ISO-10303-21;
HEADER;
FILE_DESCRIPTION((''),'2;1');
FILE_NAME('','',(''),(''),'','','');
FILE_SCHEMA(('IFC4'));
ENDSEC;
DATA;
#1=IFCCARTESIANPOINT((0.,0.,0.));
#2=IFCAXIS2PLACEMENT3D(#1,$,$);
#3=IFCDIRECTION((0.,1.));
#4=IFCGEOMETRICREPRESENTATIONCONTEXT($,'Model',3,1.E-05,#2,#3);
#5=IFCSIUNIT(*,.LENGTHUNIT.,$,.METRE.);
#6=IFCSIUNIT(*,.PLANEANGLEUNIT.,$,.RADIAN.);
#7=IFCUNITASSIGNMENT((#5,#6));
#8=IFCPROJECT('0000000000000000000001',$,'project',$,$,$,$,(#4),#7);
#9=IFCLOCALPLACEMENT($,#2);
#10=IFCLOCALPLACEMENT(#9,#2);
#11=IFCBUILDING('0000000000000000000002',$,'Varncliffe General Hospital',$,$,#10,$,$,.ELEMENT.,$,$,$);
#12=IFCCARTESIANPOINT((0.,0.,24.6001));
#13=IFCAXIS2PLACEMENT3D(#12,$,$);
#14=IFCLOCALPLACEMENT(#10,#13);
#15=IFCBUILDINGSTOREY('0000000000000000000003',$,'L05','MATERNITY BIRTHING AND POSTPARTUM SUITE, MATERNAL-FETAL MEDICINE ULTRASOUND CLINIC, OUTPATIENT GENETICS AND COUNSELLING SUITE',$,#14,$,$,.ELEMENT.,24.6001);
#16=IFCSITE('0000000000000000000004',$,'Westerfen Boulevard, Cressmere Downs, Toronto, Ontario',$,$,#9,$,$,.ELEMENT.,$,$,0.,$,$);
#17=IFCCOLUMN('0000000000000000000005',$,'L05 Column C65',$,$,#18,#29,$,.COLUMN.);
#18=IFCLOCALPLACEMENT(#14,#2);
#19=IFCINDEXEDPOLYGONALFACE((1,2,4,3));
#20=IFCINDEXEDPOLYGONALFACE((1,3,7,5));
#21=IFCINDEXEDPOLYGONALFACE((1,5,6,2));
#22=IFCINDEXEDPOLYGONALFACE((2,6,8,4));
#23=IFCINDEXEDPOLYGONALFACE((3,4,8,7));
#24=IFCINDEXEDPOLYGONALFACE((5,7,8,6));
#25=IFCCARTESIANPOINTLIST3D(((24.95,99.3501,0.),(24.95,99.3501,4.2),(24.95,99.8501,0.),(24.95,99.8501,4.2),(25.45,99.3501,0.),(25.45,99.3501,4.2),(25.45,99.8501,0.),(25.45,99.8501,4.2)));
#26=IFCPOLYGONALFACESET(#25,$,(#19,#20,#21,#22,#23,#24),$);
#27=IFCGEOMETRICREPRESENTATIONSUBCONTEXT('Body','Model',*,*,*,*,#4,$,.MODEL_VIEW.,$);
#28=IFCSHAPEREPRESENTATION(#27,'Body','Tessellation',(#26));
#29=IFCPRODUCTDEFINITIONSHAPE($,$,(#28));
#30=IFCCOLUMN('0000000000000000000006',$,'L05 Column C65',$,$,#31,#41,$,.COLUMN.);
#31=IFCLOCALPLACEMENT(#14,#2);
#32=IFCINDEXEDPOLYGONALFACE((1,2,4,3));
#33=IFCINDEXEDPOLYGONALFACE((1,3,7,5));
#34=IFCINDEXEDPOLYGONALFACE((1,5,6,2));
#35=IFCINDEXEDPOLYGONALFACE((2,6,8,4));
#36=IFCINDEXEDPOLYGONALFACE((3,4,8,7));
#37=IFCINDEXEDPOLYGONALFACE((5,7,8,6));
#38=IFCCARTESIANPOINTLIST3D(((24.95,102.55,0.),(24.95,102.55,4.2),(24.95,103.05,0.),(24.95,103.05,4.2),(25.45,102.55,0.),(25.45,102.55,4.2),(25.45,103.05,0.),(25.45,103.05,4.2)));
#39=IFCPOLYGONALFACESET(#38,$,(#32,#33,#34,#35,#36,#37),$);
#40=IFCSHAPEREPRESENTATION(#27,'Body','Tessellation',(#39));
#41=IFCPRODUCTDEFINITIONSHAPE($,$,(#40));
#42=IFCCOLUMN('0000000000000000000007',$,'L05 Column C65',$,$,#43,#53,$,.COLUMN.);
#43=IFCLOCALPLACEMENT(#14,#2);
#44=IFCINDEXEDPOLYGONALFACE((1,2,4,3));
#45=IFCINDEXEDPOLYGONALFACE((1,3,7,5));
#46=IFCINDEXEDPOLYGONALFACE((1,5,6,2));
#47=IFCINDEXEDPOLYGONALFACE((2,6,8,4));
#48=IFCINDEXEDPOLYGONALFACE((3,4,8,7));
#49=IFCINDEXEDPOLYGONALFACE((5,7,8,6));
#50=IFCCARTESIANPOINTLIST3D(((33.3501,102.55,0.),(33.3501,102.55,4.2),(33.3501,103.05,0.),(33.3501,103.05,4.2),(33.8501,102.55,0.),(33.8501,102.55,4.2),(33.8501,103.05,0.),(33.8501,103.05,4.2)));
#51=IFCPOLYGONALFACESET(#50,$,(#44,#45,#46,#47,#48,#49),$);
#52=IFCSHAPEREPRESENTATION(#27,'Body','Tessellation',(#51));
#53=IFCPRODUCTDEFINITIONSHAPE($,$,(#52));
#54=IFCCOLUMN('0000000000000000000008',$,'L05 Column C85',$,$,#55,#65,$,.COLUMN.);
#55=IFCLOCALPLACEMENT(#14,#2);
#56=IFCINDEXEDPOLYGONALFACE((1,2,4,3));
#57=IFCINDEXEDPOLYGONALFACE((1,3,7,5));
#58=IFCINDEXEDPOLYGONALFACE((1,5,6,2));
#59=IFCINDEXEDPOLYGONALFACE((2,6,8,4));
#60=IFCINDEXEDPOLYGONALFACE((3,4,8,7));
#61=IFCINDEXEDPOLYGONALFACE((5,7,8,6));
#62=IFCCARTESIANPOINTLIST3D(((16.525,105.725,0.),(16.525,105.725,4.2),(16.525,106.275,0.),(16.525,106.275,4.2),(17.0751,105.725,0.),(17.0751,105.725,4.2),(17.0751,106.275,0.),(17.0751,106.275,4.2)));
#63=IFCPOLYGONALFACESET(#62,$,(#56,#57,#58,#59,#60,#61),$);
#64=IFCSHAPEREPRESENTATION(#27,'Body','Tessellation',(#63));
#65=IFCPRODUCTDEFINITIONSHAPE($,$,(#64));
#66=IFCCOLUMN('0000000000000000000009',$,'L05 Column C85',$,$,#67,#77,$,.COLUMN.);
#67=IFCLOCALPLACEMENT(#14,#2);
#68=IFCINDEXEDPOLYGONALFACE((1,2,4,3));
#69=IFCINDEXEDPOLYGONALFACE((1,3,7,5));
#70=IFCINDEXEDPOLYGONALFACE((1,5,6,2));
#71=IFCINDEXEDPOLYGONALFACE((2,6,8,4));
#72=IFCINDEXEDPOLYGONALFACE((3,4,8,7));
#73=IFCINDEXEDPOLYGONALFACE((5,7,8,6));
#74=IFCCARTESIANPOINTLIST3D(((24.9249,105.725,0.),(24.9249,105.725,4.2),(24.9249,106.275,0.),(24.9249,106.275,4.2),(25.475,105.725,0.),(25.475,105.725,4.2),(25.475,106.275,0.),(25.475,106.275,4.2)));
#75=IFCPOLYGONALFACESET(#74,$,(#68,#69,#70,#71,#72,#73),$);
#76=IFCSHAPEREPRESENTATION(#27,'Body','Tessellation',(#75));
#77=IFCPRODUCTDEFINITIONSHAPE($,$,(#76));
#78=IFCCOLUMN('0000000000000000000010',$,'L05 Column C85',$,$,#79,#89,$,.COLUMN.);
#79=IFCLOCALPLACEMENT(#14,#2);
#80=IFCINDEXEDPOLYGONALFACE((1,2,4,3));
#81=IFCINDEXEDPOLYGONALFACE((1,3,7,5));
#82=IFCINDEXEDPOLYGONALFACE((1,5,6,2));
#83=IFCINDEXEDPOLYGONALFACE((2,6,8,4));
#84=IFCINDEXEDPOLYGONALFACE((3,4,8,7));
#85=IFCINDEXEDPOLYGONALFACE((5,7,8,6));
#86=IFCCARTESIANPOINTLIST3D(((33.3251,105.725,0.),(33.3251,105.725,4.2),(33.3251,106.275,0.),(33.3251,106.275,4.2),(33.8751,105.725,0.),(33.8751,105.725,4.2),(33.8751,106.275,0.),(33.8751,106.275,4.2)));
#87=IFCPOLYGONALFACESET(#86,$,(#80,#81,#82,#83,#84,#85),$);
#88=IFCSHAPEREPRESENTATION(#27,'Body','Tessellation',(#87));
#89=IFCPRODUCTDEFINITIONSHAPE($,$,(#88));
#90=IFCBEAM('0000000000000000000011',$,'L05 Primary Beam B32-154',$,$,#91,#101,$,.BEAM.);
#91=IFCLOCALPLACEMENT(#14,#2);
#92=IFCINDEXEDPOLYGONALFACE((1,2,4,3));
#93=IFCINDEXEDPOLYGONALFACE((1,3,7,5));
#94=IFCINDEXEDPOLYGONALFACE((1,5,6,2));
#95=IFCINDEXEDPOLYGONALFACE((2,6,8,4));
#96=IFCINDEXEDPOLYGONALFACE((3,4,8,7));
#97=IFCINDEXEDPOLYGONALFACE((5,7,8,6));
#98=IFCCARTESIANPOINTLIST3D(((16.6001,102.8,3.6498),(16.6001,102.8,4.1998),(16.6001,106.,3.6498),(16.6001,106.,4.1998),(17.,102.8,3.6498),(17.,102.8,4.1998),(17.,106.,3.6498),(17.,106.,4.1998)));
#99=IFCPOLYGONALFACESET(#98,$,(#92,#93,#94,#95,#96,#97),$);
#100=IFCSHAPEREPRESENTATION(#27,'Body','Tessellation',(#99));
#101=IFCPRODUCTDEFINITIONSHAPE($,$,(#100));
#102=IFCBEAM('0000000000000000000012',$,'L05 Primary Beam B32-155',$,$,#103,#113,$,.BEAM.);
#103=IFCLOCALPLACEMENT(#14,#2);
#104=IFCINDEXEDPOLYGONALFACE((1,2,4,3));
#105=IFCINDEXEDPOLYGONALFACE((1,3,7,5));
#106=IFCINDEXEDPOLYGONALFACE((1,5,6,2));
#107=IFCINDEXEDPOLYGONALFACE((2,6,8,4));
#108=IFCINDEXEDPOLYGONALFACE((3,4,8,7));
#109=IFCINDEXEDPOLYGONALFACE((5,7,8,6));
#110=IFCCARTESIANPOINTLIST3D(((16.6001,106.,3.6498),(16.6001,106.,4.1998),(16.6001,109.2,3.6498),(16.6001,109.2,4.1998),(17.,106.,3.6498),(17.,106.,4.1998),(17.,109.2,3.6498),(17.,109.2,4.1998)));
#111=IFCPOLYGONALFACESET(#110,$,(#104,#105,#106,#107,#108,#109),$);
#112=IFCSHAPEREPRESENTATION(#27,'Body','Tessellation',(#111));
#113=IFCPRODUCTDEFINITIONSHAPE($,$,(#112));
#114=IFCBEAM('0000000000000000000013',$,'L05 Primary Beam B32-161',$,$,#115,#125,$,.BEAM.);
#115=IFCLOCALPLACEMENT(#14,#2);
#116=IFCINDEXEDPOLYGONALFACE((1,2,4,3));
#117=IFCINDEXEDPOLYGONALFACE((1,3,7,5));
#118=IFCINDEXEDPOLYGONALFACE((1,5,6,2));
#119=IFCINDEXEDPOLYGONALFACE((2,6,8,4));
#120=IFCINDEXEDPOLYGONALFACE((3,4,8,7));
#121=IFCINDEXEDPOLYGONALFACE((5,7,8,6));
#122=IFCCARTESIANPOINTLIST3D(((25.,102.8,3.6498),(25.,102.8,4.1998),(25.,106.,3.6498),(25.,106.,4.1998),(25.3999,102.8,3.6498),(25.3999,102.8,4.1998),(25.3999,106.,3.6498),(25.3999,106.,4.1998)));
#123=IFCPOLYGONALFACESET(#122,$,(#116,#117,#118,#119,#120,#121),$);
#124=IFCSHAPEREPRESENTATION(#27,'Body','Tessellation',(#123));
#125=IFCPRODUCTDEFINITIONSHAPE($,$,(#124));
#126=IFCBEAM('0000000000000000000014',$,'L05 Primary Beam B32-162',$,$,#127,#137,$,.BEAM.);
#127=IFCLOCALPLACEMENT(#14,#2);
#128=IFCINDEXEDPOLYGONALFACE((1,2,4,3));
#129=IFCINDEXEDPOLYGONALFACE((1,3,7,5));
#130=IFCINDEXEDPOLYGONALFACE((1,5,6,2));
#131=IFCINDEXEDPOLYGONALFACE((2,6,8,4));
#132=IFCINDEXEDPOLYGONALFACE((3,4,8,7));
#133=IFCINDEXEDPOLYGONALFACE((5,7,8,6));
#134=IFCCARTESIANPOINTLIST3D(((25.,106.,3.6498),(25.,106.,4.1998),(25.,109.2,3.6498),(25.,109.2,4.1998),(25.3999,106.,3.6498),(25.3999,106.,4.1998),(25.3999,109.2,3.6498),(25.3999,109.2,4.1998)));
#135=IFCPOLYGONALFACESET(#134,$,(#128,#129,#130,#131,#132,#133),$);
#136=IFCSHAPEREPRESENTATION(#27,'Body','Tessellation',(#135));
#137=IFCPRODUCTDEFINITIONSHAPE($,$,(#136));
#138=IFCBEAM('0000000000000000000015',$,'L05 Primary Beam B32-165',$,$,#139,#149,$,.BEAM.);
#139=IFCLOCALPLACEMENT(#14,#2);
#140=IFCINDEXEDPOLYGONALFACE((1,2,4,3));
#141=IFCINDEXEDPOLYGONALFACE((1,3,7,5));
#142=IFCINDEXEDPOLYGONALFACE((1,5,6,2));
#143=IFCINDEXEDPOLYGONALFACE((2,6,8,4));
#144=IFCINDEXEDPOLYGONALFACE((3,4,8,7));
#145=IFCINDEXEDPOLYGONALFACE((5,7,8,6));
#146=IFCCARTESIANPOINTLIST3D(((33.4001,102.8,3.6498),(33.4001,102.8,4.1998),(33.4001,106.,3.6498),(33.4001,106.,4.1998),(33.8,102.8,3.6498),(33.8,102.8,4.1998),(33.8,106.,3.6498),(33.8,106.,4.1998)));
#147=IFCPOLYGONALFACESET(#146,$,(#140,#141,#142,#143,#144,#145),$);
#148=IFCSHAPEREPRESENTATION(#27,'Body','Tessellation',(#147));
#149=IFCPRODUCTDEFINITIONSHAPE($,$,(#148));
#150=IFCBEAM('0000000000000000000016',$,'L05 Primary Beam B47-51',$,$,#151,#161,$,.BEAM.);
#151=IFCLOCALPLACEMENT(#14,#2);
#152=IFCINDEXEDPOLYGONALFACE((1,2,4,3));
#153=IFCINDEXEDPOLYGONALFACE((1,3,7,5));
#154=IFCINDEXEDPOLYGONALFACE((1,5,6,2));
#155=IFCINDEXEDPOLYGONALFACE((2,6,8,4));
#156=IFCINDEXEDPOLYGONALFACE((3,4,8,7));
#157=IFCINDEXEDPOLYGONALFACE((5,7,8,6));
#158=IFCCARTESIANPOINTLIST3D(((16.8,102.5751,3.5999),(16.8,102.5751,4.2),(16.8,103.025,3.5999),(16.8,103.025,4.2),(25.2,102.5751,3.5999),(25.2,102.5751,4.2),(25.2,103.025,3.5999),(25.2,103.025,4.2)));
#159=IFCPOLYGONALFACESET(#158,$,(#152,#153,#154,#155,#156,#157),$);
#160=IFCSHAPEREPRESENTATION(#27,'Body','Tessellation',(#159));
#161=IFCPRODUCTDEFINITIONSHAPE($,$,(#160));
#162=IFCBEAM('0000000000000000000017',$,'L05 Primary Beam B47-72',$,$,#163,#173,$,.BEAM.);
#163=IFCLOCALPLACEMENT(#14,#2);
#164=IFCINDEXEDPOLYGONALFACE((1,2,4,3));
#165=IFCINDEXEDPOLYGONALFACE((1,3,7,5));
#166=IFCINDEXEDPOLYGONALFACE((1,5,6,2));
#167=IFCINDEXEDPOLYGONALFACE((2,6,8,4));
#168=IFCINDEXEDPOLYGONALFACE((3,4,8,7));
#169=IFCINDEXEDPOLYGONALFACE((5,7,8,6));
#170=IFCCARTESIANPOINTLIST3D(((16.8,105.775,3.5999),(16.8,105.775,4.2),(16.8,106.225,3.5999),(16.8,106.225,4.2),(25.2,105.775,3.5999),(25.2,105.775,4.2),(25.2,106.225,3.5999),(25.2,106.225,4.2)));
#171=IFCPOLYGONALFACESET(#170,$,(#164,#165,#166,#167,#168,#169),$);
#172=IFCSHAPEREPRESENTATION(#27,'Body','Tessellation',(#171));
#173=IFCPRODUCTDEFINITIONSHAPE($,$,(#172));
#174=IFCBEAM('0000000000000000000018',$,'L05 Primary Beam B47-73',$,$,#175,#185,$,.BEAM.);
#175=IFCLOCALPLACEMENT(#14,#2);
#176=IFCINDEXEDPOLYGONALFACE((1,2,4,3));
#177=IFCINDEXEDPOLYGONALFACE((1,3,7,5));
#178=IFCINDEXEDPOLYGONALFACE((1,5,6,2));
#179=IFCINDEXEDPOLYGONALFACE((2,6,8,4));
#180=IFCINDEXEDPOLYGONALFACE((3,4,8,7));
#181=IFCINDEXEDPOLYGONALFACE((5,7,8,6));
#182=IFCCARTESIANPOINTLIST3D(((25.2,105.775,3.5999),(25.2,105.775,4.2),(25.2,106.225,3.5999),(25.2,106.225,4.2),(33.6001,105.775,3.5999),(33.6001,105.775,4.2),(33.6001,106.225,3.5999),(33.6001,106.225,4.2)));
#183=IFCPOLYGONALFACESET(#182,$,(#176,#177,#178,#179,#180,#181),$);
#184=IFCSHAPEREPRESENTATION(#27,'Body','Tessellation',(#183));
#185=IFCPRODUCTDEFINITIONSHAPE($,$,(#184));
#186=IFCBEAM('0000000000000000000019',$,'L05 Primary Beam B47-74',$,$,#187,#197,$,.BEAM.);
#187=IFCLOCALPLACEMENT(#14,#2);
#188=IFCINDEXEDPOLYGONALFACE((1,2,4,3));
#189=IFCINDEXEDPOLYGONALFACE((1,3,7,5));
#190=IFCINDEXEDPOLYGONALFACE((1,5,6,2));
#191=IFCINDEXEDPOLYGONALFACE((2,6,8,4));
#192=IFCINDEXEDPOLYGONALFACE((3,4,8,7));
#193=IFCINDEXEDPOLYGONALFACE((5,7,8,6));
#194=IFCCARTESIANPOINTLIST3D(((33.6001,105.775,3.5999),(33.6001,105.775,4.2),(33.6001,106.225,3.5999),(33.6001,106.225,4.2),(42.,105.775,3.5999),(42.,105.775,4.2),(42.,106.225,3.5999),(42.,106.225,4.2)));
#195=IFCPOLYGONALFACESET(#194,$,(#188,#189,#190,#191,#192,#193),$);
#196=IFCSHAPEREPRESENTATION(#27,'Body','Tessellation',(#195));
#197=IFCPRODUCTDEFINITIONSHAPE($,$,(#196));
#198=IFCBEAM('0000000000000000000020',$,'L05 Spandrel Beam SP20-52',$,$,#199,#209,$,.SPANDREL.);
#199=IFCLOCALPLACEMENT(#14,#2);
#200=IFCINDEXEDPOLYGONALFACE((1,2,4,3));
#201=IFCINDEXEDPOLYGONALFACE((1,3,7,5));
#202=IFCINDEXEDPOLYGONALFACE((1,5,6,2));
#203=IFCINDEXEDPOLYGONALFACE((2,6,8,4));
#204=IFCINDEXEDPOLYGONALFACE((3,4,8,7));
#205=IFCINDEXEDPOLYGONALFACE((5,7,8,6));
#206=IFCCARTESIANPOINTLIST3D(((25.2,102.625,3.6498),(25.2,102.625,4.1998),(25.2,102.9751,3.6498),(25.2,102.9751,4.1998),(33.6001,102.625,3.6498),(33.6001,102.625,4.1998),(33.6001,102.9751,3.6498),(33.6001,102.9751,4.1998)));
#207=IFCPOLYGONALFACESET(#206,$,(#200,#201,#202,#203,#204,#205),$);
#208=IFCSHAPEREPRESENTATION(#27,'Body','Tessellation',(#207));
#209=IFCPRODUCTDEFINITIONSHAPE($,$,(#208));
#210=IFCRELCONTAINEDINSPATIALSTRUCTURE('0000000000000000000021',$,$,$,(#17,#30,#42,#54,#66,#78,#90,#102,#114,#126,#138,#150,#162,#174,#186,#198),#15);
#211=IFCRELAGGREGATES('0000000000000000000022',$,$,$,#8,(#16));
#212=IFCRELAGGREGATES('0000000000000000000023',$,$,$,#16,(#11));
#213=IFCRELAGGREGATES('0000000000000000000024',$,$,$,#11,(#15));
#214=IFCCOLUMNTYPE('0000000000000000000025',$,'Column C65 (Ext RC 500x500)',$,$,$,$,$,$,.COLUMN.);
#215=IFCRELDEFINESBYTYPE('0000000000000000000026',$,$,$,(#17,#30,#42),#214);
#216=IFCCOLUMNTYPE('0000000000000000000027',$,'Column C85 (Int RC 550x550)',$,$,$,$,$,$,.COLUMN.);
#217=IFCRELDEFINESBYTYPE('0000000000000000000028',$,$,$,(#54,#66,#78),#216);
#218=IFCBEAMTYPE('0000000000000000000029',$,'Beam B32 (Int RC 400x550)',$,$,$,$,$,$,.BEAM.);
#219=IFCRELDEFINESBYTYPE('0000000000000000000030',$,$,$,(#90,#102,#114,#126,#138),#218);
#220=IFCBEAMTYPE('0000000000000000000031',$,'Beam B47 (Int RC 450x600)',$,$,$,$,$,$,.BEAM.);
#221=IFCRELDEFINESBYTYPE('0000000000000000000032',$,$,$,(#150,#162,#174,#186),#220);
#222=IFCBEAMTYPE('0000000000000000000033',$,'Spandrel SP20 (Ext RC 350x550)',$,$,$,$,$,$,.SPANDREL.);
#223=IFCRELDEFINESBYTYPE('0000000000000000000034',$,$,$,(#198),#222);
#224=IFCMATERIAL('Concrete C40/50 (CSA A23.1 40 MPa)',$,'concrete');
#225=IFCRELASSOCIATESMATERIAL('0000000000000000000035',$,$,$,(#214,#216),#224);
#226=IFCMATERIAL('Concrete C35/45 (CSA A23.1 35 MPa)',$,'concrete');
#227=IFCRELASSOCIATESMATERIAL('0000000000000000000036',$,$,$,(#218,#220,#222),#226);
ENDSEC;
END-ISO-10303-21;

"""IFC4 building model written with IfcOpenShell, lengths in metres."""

from ifc_helpers import new_model, si_unit, direction, frame, origin, origin_2d, place, context, subcontext, project, spatial, rectangle, extrude, material, material_profile, profile_set, type_object, element, save


model = new_model("IFC4")

# Units and contexts
model_context = context("Model", 3, precision=1e-05, world=origin(), true_north=direction((0.0, 1.0)))
body_context = subcontext(model_context, "Body", "Model", "MODEL_VIEW")
ifc_project = project(units=[si_unit("LENGTHUNIT", "METRE"), si_unit("PLANEANGLEUNIT", "RADIAN")], contexts=[model_context])

# Site, building, storey
site_placement = place(None, origin())
site = spatial("IfcSite", under=ifc_project, at=site_placement, Name="Westerfen Boulevard, Cressmere Downs, Toronto, Ontario", CompositionType="ELEMENT", RefElevation=0.0)
building_placement = place(site_placement, origin())
building = spatial("IfcBuilding", under=site, at=building_placement, Name="Varncliffe General Hospital", CompositionType="ELEMENT")
storey_placement = place(building_placement, frame((0.0, 0.0, 24.6001)))
storey = spatial("IfcBuildingStorey", under=building, at=storey_placement, Name="L05", Description="MATERNITY BIRTHING AND POSTPARTUM SUITE, MATERNAL-FETAL MEDICINE ULTRASOUND CLINIC, OUTPATIENT GENETICS AND COUNSELLING SUITE", CompositionType="ELEMENT", Elevation=24.6001)

# Columns
ifc_material_1 = material(Name="Concrete C40/50 (CSA A23.1 40 MPa)", Category="concrete")
ifc_material_profile_1 = material_profile(ifc_material_1, rectangle(XDim=0.5, YDim=0.5, at=origin_2d()), Name="RC 500x500")
ifc_profile_set_1 = profile_set([ifc_material_profile_1], Name="Concrete C40/50 (CSA A23.1 40 MPa)")
column_type_1 = type_object("IfcColumnType", Name="Column C65 (Ext RC 500x500)", PredefinedType="COLUMN", material=ifc_profile_set_1)
for number, where, z_axis, x_axis, name in (
    (1, (25.2, 99.6001, 0.0), (0.0, 0.0, 1.0), (1.0, 0.0, 0.0), "L05 Column C65"),
    (2, (25.2, 102.8, 0.0), (0.0, 0.0, 1.0), (1.0, 0.0, 0.0), "L05 Column C65"),
    (3, (33.6001, 102.8, 0.0), (0.0, 0.0, 1.0), (1.0, 0.0, 0.0), "L05 Column C65"),
):
    element("IfcColumn", number, at=place(storey_placement, frame(where, z_axis=z_axis, x_axis=x_axis)), inside=storey, type_object=column_type_1, Name=name, PredefinedType="COLUMN", context=body_context, shape_type="SweptSolid", body=[
        extrude(rectangle(XDim=0.5, YDim=0.5, at=origin_2d()), origin(), (0.0, 0.0, 1.0), 4.2),
    ])
ifc_material_profile_2 = material_profile(ifc_material_1, rectangle(XDim=0.55, YDim=0.55, at=origin_2d()), Name="RC 550x550")
ifc_profile_set_2 = profile_set([ifc_material_profile_2], Name="Concrete C40/50 (CSA A23.1 40 MPa)")
column_type_2 = type_object("IfcColumnType", Name="Column C85 (Int RC 550x550)", PredefinedType="COLUMN", material=ifc_profile_set_2)
for number, where, z_axis, x_axis, name in (
    (4, (16.8, 106.0, 0.0), (0.0, 0.0, 1.0), (1.0, 0.0, 0.0), "L05 Column C85"),
    (5, (25.2, 106.0, 0.0), (0.0, 0.0, 1.0), (1.0, 0.0, 0.0), "L05 Column C85"),
    (6, (33.6001, 106.0, 0.0), (0.0, 0.0, 1.0), (1.0, 0.0, 0.0), "L05 Column C85"),
):
    element("IfcColumn", number, at=place(storey_placement, frame(where, z_axis=z_axis, x_axis=x_axis)), inside=storey, type_object=column_type_2, Name=name, PredefinedType="COLUMN", context=body_context, shape_type="SweptSolid", body=[
        extrude(rectangle(XDim=0.55, YDim=0.55, at=origin_2d()), origin(), (0.0, 0.0, 1.0), 4.2),
    ])

# Beams
ifc_material_2 = material(Name="Concrete C35/45 (CSA A23.1 35 MPa)", Category="concrete")
ifc_material_profile_3 = material_profile(ifc_material_2, rectangle(XDim=0.3999, YDim=0.55, at=origin_2d()), Name="RC 400x550")
ifc_profile_set_3 = profile_set([ifc_material_profile_3], Name="Concrete C35/45 (CSA A23.1 35 MPa)")
beam_type_1 = type_object("IfcBeamType", Name="Beam B32 (Int RC 400x550)", PredefinedType="BEAM", material=ifc_profile_set_3)
for number, where, z_axis, x_axis, name in (
    (7, (16.8, 102.8, 3.9248), (0.0, 1.0, 0.0), (-1.0, 0.0, 0.0), "L05 Primary Beam B32-154"),
    (8, (16.8, 106.0, 3.9248), (0.0, 1.0, 0.0), (-1.0, 0.0, 0.0), "L05 Primary Beam B32-155"),
    (9, (25.2, 102.8, 3.9248), (0.0, 1.0, 0.0), (-1.0, 0.0, 0.0), "L05 Primary Beam B32-161"),
    (10, (25.2, 106.0, 3.9248), (0.0, 1.0, 0.0), (-1.0, 0.0, 0.0), "L05 Primary Beam B32-162"),
    (11, (33.6001, 102.8, 3.9248), (0.0, 1.0, 0.0), (-1.0, 0.0, 0.0), "L05 Primary Beam B32-165"),
):
    element("IfcBeam", number, at=place(storey_placement, frame(where, z_axis=z_axis, x_axis=x_axis)), inside=storey, type_object=beam_type_1, Name=name, PredefinedType="BEAM", context=body_context, shape_type="SweptSolid", body=[
        extrude(rectangle(XDim=0.3999, YDim=0.55, at=origin_2d()), origin(), (0.0, 0.0, 1.0), 3.2),
    ])
ifc_material_profile_4 = material_profile(ifc_material_2, rectangle(XDim=0.45, YDim=0.6001, at=origin_2d()), Name="RC 450x600")
ifc_profile_set_4 = profile_set([ifc_material_profile_4], Name="Concrete C35/45 (CSA A23.1 35 MPa)")
beam_type_2 = type_object("IfcBeamType", Name="Beam B47 (Int RC 450x600)", PredefinedType="BEAM", material=ifc_profile_set_4)
for number, where, z_axis, x_axis, name in (
    (12, (16.8, 102.8, 3.8999), (1.0, 0.0, 0.0), (0.0, 1.0, 0.0), "L05 Primary Beam B47-51"),
    (13, (16.8, 106.0, 3.8999), (1.0, 0.0, 0.0), (0.0, 1.0, 0.0), "L05 Primary Beam B47-72"),
):
    element("IfcBeam", number, at=place(storey_placement, frame(where, z_axis=z_axis, x_axis=x_axis)), inside=storey, type_object=beam_type_2, Name=name, PredefinedType="BEAM", context=body_context, shape_type="SweptSolid", body=[
        extrude(rectangle(XDim=0.45, YDim=0.6001, at=origin_2d()), origin(), (0.0, 0.0, 1.0), 8.3999),
    ])
beam_1_placement = place(storey_placement, frame((25.2, 106.0, 3.8999), z_axis=(1.0, 0.0, 0.0), x_axis=(0.0, 1.0, 0.0)))
element("IfcBeam", 14, at=beam_1_placement, inside=storey, type_object=beam_type_2, Name="L05 Primary Beam B47-73", PredefinedType="BEAM", context=body_context, shape_type="SweptSolid", body=[
    extrude(rectangle(XDim=0.45, YDim=0.6001, at=origin_2d()), origin(), (0.0, 0.0, 1.0), 8.4001),
])
beam_2_placement = place(storey_placement, frame((33.6001, 106.0, 3.8999), z_axis=(1.0, 0.0, 0.0), x_axis=(0.0, 1.0, 0.0)))
element("IfcBeam", 15, at=beam_2_placement, inside=storey, type_object=beam_type_2, Name="L05 Primary Beam B47-74", PredefinedType="BEAM", context=body_context, shape_type="SweptSolid", body=[
    extrude(rectangle(XDim=0.45, YDim=0.6001, at=origin_2d()), origin(), (0.0, 0.0, 1.0), 8.3999),
])
ifc_material_profile_5 = material_profile(ifc_material_2, rectangle(XDim=0.3501, YDim=0.55, at=origin_2d()), Name="RC 350x550")
ifc_profile_set_5 = profile_set([ifc_material_profile_5], Name="Concrete C35/45 (CSA A23.1 35 MPa)")
beam_type_3 = type_object("IfcBeamType", Name="Spandrel SP20 (Ext RC 350x550)", PredefinedType="SPANDREL", material=ifc_profile_set_5)
beam_3_placement = place(storey_placement, frame((25.2, 102.8, 3.9248), z_axis=(1.0, 0.0, 0.0), x_axis=(0.0, 1.0, 0.0)))
element("IfcBeam", 16, at=beam_3_placement, inside=storey, type_object=beam_type_3, Name="L05 Spandrel Beam SP20-52", PredefinedType="SPANDREL", context=body_context, shape_type="SweptSolid", body=[
    extrude(rectangle(XDim=0.3501, YDim=0.55, at=origin_2d()), origin(), (0.0, 0.0, 1.0), 8.4001),
])

save(model, "model.ifc")
